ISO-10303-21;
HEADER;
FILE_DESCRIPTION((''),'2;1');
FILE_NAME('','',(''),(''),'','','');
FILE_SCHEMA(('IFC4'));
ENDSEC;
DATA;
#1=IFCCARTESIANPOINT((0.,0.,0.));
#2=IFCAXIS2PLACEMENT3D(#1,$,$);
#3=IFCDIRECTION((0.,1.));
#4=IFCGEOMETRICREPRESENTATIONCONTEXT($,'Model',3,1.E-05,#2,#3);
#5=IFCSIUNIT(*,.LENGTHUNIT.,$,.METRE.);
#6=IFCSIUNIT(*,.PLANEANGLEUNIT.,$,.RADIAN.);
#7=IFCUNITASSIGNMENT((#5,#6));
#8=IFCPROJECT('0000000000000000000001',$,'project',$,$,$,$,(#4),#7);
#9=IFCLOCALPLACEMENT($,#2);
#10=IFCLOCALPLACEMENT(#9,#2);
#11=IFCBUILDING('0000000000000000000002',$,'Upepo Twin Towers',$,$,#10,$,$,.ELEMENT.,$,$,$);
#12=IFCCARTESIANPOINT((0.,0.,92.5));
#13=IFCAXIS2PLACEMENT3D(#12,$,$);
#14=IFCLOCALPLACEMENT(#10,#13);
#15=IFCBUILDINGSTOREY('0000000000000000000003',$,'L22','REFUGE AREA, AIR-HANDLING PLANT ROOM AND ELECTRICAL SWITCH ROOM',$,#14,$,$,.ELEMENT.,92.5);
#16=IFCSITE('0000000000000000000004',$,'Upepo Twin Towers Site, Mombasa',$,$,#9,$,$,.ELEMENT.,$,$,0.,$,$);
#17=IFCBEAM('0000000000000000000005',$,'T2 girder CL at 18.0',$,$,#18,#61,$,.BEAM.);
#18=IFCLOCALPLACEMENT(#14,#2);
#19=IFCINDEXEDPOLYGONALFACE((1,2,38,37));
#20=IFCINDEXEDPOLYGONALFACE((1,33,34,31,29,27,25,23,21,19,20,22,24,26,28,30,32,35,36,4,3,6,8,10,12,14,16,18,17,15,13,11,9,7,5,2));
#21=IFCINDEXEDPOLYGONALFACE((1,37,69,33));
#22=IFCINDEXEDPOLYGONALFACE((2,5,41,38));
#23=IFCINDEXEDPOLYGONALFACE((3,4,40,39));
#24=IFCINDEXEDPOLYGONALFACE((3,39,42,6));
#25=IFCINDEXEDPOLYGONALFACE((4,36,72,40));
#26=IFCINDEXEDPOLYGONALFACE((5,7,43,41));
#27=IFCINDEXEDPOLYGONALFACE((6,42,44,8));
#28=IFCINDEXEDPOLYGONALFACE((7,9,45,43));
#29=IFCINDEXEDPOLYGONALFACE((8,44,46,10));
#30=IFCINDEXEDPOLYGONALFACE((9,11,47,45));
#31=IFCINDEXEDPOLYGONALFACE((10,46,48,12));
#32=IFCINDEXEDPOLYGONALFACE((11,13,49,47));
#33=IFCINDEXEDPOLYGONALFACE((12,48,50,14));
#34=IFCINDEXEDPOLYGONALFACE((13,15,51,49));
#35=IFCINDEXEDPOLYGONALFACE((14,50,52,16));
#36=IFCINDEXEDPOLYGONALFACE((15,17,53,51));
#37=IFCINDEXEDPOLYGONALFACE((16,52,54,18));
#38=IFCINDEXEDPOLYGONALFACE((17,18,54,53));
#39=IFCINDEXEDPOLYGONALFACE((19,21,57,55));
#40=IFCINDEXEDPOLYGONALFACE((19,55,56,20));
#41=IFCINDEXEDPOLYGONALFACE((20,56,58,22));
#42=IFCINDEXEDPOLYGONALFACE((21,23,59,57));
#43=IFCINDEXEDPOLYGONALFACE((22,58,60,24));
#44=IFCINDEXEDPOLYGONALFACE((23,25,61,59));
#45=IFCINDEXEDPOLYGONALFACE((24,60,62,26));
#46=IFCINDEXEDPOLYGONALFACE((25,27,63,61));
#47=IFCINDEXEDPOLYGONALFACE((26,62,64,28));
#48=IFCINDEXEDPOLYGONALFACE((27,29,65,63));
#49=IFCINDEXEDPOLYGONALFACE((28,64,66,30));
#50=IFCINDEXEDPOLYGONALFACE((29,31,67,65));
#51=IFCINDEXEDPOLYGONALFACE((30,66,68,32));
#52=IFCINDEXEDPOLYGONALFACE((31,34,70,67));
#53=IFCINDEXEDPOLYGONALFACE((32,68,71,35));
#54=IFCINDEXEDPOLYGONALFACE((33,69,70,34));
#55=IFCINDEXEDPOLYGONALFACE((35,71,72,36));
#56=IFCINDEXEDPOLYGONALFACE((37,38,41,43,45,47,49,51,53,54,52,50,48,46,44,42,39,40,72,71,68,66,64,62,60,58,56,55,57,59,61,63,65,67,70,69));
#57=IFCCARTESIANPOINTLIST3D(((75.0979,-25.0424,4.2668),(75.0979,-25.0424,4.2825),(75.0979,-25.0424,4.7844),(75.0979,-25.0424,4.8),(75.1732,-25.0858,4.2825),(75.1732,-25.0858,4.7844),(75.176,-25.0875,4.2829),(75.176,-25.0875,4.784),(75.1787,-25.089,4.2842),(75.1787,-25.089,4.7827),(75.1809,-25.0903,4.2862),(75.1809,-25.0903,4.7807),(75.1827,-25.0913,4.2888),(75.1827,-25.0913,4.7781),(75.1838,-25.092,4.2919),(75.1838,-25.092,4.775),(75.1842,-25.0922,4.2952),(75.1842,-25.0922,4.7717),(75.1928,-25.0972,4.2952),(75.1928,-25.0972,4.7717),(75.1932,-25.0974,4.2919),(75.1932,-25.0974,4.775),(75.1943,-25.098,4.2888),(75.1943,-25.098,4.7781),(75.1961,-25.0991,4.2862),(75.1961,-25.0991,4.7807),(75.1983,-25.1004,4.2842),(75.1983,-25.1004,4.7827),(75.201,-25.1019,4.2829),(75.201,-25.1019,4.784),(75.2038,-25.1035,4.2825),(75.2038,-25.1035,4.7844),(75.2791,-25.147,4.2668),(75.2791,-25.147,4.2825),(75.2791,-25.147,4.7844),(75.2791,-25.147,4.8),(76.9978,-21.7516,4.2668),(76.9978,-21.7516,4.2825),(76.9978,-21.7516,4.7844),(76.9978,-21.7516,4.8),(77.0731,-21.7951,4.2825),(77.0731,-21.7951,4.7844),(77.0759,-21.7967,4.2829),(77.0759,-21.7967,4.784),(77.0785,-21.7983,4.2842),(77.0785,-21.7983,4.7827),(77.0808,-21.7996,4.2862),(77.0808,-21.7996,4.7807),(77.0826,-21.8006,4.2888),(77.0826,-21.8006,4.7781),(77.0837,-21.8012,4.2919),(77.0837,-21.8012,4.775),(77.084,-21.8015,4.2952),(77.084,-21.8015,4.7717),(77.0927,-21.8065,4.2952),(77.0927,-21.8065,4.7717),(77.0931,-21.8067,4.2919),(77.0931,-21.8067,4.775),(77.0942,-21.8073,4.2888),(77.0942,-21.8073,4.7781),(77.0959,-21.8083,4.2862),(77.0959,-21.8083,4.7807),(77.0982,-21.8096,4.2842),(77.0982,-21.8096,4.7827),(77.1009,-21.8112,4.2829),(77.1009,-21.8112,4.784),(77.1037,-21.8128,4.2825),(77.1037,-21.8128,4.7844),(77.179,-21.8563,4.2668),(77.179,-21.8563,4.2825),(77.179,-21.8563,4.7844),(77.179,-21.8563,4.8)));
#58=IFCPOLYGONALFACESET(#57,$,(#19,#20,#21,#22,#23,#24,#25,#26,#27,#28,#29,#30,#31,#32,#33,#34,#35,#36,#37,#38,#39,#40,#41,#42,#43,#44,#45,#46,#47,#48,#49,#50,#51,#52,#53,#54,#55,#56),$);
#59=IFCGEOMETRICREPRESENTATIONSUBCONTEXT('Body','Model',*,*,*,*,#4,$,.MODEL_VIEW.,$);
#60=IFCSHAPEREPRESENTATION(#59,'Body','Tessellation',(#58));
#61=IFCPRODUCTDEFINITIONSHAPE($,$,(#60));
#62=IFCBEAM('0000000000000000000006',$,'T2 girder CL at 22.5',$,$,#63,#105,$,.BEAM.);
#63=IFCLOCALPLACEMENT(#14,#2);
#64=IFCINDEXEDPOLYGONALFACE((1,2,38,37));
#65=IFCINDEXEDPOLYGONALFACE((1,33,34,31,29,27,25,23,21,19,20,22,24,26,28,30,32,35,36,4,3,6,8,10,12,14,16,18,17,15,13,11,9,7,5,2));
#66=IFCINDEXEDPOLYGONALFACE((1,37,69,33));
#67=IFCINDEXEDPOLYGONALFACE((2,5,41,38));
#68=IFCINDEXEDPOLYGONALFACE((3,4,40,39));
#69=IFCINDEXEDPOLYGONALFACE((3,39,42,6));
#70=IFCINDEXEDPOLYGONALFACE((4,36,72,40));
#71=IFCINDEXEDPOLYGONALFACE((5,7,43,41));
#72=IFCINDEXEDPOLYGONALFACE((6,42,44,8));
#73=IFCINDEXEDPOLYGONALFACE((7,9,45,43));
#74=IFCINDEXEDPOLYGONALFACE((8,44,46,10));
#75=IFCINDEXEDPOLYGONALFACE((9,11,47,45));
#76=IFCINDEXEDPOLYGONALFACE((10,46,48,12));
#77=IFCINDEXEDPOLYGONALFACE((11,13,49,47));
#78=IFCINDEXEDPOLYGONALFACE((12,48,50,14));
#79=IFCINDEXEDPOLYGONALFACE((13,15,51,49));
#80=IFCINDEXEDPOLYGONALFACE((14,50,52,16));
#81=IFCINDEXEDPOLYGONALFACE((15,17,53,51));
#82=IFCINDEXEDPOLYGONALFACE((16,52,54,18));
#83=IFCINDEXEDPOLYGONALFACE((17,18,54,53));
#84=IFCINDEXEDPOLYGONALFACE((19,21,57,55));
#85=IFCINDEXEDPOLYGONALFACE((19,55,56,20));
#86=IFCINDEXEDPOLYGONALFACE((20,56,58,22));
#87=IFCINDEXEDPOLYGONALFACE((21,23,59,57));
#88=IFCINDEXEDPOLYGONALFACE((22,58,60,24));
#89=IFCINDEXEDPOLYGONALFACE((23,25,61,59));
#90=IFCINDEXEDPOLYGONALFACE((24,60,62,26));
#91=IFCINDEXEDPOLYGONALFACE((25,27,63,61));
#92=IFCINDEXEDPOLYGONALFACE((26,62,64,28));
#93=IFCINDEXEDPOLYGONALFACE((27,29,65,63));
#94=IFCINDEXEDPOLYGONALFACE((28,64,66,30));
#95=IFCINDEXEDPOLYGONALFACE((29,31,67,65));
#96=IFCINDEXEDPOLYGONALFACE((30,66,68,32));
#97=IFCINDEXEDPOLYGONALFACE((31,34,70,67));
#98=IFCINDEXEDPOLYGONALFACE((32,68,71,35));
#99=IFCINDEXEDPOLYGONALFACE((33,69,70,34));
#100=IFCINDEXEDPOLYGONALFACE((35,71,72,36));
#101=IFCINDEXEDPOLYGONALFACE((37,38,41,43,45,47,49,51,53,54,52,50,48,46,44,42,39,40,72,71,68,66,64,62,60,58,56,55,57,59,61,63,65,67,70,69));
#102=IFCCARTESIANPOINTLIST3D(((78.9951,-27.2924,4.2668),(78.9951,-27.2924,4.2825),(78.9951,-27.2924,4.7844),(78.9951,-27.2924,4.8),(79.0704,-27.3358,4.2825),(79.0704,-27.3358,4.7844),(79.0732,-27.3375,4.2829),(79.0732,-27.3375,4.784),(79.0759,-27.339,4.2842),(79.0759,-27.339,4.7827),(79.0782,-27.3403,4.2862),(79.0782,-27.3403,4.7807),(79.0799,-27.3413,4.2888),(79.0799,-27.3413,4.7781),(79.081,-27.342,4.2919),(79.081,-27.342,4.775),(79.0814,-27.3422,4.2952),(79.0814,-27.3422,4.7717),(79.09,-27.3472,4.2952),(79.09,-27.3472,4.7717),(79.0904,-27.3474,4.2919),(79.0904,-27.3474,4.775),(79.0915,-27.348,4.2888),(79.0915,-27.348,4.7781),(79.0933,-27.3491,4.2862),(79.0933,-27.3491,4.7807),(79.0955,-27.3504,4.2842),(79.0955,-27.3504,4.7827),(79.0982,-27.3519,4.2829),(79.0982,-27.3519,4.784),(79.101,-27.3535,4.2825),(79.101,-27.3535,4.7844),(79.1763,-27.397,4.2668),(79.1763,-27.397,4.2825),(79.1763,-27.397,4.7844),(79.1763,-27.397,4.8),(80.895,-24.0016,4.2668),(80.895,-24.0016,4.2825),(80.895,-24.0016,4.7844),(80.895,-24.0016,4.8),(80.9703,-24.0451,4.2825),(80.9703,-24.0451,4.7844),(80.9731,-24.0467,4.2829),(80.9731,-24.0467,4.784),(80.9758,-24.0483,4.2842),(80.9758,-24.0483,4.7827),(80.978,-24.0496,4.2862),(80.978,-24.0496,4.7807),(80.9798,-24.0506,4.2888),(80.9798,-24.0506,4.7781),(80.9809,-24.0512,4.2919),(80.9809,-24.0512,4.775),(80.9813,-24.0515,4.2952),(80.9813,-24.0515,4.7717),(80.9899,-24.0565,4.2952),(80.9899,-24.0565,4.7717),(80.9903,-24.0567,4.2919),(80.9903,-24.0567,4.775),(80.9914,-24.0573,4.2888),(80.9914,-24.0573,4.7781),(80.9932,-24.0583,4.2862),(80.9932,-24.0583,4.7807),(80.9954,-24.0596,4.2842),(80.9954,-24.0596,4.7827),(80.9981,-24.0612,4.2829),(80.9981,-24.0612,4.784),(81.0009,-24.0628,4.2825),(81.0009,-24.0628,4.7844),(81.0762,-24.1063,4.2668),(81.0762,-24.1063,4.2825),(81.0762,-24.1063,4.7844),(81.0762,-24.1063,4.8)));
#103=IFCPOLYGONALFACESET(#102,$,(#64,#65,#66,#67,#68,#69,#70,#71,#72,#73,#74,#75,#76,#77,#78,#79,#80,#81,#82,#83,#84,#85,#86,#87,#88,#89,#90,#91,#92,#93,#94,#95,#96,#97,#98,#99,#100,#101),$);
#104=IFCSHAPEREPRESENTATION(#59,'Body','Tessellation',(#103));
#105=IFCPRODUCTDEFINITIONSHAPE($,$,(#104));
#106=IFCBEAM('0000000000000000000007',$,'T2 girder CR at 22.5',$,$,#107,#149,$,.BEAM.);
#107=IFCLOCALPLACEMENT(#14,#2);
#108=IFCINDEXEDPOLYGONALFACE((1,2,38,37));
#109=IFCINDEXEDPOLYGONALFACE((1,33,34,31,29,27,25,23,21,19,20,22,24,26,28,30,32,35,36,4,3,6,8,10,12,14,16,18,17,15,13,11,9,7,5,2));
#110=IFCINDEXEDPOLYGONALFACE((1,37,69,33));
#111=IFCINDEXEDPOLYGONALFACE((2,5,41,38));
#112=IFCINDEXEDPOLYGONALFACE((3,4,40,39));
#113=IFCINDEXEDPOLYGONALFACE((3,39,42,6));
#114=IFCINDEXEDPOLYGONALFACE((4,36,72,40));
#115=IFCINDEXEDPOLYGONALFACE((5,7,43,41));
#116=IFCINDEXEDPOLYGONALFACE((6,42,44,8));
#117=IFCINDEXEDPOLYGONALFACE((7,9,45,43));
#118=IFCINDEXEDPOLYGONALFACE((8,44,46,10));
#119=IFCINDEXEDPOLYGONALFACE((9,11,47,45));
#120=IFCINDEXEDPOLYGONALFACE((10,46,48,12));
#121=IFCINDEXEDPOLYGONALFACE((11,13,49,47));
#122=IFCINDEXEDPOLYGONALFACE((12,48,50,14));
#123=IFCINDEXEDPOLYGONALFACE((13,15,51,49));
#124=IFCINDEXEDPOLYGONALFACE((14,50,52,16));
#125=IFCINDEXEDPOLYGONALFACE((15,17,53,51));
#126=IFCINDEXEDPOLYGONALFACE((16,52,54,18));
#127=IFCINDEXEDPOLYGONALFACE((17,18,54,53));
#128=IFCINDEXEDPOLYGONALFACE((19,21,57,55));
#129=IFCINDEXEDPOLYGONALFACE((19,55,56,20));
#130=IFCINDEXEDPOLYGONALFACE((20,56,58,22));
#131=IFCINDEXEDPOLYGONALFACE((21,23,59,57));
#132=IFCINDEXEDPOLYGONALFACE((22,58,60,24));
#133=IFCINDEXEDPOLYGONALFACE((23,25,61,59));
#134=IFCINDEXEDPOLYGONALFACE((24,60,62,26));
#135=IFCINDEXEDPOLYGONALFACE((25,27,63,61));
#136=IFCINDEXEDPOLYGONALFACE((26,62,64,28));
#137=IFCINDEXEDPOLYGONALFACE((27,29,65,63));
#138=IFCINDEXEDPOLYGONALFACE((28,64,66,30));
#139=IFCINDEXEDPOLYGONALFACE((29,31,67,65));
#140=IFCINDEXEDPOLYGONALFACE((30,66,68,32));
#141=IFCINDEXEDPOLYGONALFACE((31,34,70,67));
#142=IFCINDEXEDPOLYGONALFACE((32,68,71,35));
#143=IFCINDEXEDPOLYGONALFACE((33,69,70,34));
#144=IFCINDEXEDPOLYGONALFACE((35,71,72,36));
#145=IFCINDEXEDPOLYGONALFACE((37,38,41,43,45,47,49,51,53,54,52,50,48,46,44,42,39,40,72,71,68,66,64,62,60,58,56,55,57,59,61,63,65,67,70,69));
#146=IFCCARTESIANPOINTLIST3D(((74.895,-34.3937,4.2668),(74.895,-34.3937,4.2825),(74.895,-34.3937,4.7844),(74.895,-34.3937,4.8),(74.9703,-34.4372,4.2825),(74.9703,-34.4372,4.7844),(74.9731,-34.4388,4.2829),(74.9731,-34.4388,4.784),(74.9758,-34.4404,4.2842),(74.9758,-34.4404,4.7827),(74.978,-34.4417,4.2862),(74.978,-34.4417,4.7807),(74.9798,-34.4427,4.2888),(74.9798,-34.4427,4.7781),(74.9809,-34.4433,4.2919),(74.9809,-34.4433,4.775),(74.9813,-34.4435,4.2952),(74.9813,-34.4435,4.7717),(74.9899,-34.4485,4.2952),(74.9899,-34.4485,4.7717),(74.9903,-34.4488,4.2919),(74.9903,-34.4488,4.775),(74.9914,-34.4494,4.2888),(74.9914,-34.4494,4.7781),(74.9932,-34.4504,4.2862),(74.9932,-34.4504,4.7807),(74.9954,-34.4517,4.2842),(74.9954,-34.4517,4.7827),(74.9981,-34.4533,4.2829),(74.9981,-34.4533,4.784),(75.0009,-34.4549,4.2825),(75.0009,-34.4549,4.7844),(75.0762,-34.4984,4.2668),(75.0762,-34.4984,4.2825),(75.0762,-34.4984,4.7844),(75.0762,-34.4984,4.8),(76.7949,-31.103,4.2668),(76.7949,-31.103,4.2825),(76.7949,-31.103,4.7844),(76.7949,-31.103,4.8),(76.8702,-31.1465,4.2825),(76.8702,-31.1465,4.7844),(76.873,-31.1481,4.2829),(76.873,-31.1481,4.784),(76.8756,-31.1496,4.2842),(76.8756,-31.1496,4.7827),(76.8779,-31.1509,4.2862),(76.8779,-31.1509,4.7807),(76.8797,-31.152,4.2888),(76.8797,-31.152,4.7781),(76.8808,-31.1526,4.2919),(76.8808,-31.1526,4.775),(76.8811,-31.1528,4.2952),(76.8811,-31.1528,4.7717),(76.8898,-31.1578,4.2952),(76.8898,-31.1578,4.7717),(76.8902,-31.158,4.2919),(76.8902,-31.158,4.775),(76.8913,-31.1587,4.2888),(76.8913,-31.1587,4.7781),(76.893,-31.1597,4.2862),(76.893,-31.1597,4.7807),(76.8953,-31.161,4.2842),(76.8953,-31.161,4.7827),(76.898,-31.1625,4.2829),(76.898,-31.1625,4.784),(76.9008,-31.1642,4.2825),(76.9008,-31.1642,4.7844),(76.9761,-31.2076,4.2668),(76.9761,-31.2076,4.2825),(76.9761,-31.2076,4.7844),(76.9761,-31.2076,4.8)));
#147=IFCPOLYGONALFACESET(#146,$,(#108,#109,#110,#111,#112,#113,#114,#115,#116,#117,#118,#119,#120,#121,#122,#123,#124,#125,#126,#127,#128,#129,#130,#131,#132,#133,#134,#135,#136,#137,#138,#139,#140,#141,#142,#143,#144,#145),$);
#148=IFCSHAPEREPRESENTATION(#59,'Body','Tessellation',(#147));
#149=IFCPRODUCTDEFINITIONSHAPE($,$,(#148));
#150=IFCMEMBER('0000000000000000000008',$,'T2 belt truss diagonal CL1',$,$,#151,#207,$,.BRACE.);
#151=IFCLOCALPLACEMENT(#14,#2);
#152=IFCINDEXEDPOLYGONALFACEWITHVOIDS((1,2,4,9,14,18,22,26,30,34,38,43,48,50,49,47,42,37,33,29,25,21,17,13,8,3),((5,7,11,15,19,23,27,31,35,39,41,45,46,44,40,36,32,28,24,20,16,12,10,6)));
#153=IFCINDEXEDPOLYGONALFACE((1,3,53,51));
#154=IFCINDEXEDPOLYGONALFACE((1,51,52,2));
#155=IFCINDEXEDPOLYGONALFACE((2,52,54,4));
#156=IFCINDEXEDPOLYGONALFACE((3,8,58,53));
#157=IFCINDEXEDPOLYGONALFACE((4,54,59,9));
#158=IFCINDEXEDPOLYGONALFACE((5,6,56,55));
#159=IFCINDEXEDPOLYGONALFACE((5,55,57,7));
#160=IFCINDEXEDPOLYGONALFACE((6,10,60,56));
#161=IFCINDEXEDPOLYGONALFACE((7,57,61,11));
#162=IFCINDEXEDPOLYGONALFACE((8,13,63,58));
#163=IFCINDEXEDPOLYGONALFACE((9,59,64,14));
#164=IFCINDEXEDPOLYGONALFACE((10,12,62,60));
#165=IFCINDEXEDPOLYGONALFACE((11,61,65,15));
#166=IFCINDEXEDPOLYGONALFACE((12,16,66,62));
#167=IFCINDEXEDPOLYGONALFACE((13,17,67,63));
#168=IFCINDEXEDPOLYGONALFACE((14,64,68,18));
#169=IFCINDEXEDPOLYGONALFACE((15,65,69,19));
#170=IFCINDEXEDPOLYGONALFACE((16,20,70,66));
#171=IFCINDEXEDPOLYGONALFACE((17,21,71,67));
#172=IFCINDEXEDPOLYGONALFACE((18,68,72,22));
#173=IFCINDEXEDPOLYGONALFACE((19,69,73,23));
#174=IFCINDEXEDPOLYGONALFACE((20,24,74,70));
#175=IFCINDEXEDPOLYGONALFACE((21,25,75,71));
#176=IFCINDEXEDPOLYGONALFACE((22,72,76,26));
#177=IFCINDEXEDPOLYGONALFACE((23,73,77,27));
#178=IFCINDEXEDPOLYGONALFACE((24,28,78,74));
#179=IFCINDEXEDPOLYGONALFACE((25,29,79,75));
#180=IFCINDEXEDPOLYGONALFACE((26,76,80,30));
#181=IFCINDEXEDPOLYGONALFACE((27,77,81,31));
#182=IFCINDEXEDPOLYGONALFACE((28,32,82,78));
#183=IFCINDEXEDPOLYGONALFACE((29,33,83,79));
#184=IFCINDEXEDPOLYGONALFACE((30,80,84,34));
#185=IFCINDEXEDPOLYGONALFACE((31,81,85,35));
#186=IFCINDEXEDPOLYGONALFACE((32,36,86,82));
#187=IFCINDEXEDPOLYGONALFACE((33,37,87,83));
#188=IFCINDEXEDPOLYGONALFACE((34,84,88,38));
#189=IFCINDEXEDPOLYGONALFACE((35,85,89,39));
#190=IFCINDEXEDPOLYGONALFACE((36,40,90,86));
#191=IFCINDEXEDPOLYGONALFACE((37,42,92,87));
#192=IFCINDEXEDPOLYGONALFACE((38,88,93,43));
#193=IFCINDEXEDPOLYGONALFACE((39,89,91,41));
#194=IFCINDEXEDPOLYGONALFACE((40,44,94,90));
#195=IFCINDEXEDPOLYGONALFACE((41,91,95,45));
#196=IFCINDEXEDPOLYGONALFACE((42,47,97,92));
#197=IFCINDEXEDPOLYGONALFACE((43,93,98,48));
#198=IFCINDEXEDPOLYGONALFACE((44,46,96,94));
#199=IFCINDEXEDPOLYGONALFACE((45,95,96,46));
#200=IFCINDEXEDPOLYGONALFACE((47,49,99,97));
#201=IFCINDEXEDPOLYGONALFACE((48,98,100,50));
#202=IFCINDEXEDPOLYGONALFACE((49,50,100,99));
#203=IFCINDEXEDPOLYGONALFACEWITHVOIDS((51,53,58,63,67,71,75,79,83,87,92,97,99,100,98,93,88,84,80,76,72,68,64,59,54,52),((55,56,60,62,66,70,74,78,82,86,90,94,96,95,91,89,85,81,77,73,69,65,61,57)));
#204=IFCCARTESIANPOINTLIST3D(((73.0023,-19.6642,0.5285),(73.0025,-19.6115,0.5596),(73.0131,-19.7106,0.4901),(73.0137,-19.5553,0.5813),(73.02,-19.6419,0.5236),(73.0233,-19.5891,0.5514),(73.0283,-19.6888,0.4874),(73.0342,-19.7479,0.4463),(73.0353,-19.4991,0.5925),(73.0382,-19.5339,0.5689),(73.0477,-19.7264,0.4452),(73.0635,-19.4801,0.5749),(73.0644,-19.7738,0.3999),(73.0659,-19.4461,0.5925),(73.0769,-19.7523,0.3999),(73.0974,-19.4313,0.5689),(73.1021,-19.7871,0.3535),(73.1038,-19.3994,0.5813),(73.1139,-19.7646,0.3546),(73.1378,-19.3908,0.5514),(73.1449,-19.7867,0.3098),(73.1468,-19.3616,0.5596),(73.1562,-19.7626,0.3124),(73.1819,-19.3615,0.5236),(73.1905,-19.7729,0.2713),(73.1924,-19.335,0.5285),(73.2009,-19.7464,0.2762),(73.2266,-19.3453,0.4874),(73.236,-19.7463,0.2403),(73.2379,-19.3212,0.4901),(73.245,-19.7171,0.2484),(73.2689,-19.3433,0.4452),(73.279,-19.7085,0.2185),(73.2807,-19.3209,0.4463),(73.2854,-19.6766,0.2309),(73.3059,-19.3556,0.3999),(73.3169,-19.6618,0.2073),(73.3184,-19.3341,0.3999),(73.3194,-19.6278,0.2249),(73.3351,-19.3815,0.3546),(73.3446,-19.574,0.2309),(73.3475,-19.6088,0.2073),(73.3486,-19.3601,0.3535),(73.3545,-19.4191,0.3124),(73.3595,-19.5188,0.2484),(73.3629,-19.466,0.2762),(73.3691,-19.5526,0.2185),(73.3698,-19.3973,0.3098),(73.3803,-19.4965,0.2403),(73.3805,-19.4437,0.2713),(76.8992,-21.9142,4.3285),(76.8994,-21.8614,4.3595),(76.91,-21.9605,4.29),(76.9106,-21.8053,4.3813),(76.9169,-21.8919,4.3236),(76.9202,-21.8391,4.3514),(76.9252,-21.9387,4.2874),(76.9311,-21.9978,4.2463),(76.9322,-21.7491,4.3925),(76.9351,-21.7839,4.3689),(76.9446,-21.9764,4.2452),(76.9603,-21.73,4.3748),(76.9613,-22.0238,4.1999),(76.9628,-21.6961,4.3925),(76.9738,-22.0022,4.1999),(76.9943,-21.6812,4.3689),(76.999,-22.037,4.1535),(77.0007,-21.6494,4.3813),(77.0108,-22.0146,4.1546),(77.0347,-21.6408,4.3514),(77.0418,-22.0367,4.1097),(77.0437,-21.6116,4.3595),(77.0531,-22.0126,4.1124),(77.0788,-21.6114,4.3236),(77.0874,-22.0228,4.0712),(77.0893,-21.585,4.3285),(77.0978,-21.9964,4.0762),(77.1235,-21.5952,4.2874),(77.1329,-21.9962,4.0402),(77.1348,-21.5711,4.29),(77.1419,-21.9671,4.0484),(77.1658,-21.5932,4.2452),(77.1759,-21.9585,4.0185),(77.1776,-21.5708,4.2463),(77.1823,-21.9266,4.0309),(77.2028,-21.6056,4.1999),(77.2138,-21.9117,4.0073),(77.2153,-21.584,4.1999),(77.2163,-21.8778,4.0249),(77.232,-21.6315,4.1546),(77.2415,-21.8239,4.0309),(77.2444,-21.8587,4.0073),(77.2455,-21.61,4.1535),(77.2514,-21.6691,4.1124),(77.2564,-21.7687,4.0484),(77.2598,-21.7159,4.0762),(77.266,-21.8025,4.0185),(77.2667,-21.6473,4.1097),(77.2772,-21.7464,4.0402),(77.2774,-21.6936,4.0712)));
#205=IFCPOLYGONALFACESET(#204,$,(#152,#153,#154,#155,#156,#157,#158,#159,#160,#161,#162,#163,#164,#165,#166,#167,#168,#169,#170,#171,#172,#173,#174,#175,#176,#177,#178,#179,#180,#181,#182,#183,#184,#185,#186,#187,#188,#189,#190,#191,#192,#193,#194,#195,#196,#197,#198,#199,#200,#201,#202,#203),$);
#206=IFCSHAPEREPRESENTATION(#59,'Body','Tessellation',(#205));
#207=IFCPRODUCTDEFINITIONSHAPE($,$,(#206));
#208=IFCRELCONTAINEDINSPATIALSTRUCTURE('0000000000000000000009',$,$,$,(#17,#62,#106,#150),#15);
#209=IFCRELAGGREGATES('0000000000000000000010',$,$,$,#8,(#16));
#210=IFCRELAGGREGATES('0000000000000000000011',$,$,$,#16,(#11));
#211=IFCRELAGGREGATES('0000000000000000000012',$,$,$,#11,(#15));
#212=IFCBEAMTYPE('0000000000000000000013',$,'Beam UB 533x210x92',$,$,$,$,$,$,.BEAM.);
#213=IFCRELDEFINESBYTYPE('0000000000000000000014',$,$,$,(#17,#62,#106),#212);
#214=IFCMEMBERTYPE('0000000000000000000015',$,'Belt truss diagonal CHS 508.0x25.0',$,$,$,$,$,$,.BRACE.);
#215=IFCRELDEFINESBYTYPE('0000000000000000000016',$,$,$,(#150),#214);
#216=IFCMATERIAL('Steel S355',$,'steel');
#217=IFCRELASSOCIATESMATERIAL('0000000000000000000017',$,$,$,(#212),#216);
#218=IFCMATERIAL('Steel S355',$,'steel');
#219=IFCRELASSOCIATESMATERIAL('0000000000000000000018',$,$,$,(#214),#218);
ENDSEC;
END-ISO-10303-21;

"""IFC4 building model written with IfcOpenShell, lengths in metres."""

from ifc_helpers import new_model, si_unit, direction, frame, origin, origin_2d, place, context, subcontext, project, spatial, hollow_circle, i_section, extrude, material, material_profile, profile_set, type_object, element, save


model = new_model("IFC4")

# Units and contexts
model_context = context("Model", 3, precision=1e-05, world=origin(), true_north=direction((0.0, 1.0)))
body_context = subcontext(model_context, "Body", "Model", "MODEL_VIEW")
ifc_project = project(units=[si_unit("LENGTHUNIT", "METRE"), si_unit("PLANEANGLEUNIT", "RADIAN")], contexts=[model_context])

# Site, building, storey
site_placement = place(None, origin())
site = spatial("IfcSite", under=ifc_project, at=site_placement, Name="Upepo Twin Towers Site, Mombasa", CompositionType="ELEMENT", RefElevation=0.0)
building_placement = place(site_placement, origin())
building = spatial("IfcBuilding", under=site, at=building_placement, Name="Upepo Twin Towers", CompositionType="ELEMENT")
storey_placement = place(building_placement, frame((0.0, 0.0, 92.5)))
storey = spatial("IfcBuildingStorey", under=building, at=storey_placement, Name="L22", Description="REFUGE AREA, AIR-HANDLING PLANT ROOM AND ELECTRICAL SWITCH ROOM", CompositionType="ELEMENT", Elevation=92.5)

# Beams
ifc_material_1 = material(Name="Steel S355", Category="steel")
ifc_material_profile_1 = material_profile(ifc_material_1, i_section(OverallWidth=0.2092, OverallDepth=0.5332, WebThickness=0.01, FlangeThickness=0.0156, FilletRadius=0.0127, at=origin_2d()), Name="UB 533x210x92")
ifc_profile_set_1 = profile_set([ifc_material_profile_1], Name="Steel S355")
beam_type_1 = type_object("IfcBeamType", Name="Beam UB 533x210x92", PredefinedType="BEAM", material=ifc_profile_set_1)
for number, where, z_axis, x_axis, name in (
    (1, (77.0884, -21.804, 4.5334), (-0.499995, -0.866028, 0.0), (0.866028, -0.499995, 0.0), "T2 girder CL at 18.0"),
    (2, (80.9856, -24.054, 4.5334), (-0.499995, -0.866028, 0.0), (0.866028, -0.499995, 0.0), "T2 girder CL at 22.5"),
    (3, (74.9856, -34.446, 4.5334), (0.499995, 0.866028, 0.0), (-0.866028, 0.499995, 0.0), "T2 girder CR at 22.5"),
):
    element("IfcBeam", number, at=place(storey_placement, frame(where, z_axis=z_axis, x_axis=x_axis)), inside=storey, type_object=beam_type_1, Name=name, PredefinedType="BEAM", context=body_context, shape_type="SweptSolid", body=[
        extrude(i_section(OverallWidth=0.2092, OverallDepth=0.5332, WebThickness=0.01, FlangeThickness=0.0156, FilletRadius=0.0127, at=origin_2d()), origin(), (0.0, 0.0, 1.0), 3.7998),
    ])

# Member
ifc_material_2 = material(Name="Steel S355", Category="steel")
ifc_material_profile_2 = material_profile(ifc_material_2, hollow_circle(Radius=0.2539, WallThickness=0.0249, at=origin_2d()), Name="CHS 508.0x25.0")
ifc_profile_set_2 = profile_set([ifc_material_profile_2], Name="Steel S355")
member_type = type_object("IfcMemberType", Name="Belt truss diagonal CHS 508.0x25.0", PredefinedType="BRACE", material=ifc_profile_set_2)
member_1_placement = place(storey_placement, frame((73.1914, -19.554, 0.3999), z_axis=(0.661652, -0.382019, 0.645196), x_axis=(0.500014, 0.866018, 0.0)))
element("IfcMember", 4, at=member_1_placement, inside=storey, type_object=member_type, Name="T2 belt truss diagonal CL1", PredefinedType="BRACE", context=body_context, shape_type="SweptSolid", body=[
    extrude(hollow_circle(Radius=0.2539, WallThickness=0.0249, at=origin_2d()), origin(), (0.0, 0.0, 1.0), 5.8896),
])

save(model, "model.ifc")
